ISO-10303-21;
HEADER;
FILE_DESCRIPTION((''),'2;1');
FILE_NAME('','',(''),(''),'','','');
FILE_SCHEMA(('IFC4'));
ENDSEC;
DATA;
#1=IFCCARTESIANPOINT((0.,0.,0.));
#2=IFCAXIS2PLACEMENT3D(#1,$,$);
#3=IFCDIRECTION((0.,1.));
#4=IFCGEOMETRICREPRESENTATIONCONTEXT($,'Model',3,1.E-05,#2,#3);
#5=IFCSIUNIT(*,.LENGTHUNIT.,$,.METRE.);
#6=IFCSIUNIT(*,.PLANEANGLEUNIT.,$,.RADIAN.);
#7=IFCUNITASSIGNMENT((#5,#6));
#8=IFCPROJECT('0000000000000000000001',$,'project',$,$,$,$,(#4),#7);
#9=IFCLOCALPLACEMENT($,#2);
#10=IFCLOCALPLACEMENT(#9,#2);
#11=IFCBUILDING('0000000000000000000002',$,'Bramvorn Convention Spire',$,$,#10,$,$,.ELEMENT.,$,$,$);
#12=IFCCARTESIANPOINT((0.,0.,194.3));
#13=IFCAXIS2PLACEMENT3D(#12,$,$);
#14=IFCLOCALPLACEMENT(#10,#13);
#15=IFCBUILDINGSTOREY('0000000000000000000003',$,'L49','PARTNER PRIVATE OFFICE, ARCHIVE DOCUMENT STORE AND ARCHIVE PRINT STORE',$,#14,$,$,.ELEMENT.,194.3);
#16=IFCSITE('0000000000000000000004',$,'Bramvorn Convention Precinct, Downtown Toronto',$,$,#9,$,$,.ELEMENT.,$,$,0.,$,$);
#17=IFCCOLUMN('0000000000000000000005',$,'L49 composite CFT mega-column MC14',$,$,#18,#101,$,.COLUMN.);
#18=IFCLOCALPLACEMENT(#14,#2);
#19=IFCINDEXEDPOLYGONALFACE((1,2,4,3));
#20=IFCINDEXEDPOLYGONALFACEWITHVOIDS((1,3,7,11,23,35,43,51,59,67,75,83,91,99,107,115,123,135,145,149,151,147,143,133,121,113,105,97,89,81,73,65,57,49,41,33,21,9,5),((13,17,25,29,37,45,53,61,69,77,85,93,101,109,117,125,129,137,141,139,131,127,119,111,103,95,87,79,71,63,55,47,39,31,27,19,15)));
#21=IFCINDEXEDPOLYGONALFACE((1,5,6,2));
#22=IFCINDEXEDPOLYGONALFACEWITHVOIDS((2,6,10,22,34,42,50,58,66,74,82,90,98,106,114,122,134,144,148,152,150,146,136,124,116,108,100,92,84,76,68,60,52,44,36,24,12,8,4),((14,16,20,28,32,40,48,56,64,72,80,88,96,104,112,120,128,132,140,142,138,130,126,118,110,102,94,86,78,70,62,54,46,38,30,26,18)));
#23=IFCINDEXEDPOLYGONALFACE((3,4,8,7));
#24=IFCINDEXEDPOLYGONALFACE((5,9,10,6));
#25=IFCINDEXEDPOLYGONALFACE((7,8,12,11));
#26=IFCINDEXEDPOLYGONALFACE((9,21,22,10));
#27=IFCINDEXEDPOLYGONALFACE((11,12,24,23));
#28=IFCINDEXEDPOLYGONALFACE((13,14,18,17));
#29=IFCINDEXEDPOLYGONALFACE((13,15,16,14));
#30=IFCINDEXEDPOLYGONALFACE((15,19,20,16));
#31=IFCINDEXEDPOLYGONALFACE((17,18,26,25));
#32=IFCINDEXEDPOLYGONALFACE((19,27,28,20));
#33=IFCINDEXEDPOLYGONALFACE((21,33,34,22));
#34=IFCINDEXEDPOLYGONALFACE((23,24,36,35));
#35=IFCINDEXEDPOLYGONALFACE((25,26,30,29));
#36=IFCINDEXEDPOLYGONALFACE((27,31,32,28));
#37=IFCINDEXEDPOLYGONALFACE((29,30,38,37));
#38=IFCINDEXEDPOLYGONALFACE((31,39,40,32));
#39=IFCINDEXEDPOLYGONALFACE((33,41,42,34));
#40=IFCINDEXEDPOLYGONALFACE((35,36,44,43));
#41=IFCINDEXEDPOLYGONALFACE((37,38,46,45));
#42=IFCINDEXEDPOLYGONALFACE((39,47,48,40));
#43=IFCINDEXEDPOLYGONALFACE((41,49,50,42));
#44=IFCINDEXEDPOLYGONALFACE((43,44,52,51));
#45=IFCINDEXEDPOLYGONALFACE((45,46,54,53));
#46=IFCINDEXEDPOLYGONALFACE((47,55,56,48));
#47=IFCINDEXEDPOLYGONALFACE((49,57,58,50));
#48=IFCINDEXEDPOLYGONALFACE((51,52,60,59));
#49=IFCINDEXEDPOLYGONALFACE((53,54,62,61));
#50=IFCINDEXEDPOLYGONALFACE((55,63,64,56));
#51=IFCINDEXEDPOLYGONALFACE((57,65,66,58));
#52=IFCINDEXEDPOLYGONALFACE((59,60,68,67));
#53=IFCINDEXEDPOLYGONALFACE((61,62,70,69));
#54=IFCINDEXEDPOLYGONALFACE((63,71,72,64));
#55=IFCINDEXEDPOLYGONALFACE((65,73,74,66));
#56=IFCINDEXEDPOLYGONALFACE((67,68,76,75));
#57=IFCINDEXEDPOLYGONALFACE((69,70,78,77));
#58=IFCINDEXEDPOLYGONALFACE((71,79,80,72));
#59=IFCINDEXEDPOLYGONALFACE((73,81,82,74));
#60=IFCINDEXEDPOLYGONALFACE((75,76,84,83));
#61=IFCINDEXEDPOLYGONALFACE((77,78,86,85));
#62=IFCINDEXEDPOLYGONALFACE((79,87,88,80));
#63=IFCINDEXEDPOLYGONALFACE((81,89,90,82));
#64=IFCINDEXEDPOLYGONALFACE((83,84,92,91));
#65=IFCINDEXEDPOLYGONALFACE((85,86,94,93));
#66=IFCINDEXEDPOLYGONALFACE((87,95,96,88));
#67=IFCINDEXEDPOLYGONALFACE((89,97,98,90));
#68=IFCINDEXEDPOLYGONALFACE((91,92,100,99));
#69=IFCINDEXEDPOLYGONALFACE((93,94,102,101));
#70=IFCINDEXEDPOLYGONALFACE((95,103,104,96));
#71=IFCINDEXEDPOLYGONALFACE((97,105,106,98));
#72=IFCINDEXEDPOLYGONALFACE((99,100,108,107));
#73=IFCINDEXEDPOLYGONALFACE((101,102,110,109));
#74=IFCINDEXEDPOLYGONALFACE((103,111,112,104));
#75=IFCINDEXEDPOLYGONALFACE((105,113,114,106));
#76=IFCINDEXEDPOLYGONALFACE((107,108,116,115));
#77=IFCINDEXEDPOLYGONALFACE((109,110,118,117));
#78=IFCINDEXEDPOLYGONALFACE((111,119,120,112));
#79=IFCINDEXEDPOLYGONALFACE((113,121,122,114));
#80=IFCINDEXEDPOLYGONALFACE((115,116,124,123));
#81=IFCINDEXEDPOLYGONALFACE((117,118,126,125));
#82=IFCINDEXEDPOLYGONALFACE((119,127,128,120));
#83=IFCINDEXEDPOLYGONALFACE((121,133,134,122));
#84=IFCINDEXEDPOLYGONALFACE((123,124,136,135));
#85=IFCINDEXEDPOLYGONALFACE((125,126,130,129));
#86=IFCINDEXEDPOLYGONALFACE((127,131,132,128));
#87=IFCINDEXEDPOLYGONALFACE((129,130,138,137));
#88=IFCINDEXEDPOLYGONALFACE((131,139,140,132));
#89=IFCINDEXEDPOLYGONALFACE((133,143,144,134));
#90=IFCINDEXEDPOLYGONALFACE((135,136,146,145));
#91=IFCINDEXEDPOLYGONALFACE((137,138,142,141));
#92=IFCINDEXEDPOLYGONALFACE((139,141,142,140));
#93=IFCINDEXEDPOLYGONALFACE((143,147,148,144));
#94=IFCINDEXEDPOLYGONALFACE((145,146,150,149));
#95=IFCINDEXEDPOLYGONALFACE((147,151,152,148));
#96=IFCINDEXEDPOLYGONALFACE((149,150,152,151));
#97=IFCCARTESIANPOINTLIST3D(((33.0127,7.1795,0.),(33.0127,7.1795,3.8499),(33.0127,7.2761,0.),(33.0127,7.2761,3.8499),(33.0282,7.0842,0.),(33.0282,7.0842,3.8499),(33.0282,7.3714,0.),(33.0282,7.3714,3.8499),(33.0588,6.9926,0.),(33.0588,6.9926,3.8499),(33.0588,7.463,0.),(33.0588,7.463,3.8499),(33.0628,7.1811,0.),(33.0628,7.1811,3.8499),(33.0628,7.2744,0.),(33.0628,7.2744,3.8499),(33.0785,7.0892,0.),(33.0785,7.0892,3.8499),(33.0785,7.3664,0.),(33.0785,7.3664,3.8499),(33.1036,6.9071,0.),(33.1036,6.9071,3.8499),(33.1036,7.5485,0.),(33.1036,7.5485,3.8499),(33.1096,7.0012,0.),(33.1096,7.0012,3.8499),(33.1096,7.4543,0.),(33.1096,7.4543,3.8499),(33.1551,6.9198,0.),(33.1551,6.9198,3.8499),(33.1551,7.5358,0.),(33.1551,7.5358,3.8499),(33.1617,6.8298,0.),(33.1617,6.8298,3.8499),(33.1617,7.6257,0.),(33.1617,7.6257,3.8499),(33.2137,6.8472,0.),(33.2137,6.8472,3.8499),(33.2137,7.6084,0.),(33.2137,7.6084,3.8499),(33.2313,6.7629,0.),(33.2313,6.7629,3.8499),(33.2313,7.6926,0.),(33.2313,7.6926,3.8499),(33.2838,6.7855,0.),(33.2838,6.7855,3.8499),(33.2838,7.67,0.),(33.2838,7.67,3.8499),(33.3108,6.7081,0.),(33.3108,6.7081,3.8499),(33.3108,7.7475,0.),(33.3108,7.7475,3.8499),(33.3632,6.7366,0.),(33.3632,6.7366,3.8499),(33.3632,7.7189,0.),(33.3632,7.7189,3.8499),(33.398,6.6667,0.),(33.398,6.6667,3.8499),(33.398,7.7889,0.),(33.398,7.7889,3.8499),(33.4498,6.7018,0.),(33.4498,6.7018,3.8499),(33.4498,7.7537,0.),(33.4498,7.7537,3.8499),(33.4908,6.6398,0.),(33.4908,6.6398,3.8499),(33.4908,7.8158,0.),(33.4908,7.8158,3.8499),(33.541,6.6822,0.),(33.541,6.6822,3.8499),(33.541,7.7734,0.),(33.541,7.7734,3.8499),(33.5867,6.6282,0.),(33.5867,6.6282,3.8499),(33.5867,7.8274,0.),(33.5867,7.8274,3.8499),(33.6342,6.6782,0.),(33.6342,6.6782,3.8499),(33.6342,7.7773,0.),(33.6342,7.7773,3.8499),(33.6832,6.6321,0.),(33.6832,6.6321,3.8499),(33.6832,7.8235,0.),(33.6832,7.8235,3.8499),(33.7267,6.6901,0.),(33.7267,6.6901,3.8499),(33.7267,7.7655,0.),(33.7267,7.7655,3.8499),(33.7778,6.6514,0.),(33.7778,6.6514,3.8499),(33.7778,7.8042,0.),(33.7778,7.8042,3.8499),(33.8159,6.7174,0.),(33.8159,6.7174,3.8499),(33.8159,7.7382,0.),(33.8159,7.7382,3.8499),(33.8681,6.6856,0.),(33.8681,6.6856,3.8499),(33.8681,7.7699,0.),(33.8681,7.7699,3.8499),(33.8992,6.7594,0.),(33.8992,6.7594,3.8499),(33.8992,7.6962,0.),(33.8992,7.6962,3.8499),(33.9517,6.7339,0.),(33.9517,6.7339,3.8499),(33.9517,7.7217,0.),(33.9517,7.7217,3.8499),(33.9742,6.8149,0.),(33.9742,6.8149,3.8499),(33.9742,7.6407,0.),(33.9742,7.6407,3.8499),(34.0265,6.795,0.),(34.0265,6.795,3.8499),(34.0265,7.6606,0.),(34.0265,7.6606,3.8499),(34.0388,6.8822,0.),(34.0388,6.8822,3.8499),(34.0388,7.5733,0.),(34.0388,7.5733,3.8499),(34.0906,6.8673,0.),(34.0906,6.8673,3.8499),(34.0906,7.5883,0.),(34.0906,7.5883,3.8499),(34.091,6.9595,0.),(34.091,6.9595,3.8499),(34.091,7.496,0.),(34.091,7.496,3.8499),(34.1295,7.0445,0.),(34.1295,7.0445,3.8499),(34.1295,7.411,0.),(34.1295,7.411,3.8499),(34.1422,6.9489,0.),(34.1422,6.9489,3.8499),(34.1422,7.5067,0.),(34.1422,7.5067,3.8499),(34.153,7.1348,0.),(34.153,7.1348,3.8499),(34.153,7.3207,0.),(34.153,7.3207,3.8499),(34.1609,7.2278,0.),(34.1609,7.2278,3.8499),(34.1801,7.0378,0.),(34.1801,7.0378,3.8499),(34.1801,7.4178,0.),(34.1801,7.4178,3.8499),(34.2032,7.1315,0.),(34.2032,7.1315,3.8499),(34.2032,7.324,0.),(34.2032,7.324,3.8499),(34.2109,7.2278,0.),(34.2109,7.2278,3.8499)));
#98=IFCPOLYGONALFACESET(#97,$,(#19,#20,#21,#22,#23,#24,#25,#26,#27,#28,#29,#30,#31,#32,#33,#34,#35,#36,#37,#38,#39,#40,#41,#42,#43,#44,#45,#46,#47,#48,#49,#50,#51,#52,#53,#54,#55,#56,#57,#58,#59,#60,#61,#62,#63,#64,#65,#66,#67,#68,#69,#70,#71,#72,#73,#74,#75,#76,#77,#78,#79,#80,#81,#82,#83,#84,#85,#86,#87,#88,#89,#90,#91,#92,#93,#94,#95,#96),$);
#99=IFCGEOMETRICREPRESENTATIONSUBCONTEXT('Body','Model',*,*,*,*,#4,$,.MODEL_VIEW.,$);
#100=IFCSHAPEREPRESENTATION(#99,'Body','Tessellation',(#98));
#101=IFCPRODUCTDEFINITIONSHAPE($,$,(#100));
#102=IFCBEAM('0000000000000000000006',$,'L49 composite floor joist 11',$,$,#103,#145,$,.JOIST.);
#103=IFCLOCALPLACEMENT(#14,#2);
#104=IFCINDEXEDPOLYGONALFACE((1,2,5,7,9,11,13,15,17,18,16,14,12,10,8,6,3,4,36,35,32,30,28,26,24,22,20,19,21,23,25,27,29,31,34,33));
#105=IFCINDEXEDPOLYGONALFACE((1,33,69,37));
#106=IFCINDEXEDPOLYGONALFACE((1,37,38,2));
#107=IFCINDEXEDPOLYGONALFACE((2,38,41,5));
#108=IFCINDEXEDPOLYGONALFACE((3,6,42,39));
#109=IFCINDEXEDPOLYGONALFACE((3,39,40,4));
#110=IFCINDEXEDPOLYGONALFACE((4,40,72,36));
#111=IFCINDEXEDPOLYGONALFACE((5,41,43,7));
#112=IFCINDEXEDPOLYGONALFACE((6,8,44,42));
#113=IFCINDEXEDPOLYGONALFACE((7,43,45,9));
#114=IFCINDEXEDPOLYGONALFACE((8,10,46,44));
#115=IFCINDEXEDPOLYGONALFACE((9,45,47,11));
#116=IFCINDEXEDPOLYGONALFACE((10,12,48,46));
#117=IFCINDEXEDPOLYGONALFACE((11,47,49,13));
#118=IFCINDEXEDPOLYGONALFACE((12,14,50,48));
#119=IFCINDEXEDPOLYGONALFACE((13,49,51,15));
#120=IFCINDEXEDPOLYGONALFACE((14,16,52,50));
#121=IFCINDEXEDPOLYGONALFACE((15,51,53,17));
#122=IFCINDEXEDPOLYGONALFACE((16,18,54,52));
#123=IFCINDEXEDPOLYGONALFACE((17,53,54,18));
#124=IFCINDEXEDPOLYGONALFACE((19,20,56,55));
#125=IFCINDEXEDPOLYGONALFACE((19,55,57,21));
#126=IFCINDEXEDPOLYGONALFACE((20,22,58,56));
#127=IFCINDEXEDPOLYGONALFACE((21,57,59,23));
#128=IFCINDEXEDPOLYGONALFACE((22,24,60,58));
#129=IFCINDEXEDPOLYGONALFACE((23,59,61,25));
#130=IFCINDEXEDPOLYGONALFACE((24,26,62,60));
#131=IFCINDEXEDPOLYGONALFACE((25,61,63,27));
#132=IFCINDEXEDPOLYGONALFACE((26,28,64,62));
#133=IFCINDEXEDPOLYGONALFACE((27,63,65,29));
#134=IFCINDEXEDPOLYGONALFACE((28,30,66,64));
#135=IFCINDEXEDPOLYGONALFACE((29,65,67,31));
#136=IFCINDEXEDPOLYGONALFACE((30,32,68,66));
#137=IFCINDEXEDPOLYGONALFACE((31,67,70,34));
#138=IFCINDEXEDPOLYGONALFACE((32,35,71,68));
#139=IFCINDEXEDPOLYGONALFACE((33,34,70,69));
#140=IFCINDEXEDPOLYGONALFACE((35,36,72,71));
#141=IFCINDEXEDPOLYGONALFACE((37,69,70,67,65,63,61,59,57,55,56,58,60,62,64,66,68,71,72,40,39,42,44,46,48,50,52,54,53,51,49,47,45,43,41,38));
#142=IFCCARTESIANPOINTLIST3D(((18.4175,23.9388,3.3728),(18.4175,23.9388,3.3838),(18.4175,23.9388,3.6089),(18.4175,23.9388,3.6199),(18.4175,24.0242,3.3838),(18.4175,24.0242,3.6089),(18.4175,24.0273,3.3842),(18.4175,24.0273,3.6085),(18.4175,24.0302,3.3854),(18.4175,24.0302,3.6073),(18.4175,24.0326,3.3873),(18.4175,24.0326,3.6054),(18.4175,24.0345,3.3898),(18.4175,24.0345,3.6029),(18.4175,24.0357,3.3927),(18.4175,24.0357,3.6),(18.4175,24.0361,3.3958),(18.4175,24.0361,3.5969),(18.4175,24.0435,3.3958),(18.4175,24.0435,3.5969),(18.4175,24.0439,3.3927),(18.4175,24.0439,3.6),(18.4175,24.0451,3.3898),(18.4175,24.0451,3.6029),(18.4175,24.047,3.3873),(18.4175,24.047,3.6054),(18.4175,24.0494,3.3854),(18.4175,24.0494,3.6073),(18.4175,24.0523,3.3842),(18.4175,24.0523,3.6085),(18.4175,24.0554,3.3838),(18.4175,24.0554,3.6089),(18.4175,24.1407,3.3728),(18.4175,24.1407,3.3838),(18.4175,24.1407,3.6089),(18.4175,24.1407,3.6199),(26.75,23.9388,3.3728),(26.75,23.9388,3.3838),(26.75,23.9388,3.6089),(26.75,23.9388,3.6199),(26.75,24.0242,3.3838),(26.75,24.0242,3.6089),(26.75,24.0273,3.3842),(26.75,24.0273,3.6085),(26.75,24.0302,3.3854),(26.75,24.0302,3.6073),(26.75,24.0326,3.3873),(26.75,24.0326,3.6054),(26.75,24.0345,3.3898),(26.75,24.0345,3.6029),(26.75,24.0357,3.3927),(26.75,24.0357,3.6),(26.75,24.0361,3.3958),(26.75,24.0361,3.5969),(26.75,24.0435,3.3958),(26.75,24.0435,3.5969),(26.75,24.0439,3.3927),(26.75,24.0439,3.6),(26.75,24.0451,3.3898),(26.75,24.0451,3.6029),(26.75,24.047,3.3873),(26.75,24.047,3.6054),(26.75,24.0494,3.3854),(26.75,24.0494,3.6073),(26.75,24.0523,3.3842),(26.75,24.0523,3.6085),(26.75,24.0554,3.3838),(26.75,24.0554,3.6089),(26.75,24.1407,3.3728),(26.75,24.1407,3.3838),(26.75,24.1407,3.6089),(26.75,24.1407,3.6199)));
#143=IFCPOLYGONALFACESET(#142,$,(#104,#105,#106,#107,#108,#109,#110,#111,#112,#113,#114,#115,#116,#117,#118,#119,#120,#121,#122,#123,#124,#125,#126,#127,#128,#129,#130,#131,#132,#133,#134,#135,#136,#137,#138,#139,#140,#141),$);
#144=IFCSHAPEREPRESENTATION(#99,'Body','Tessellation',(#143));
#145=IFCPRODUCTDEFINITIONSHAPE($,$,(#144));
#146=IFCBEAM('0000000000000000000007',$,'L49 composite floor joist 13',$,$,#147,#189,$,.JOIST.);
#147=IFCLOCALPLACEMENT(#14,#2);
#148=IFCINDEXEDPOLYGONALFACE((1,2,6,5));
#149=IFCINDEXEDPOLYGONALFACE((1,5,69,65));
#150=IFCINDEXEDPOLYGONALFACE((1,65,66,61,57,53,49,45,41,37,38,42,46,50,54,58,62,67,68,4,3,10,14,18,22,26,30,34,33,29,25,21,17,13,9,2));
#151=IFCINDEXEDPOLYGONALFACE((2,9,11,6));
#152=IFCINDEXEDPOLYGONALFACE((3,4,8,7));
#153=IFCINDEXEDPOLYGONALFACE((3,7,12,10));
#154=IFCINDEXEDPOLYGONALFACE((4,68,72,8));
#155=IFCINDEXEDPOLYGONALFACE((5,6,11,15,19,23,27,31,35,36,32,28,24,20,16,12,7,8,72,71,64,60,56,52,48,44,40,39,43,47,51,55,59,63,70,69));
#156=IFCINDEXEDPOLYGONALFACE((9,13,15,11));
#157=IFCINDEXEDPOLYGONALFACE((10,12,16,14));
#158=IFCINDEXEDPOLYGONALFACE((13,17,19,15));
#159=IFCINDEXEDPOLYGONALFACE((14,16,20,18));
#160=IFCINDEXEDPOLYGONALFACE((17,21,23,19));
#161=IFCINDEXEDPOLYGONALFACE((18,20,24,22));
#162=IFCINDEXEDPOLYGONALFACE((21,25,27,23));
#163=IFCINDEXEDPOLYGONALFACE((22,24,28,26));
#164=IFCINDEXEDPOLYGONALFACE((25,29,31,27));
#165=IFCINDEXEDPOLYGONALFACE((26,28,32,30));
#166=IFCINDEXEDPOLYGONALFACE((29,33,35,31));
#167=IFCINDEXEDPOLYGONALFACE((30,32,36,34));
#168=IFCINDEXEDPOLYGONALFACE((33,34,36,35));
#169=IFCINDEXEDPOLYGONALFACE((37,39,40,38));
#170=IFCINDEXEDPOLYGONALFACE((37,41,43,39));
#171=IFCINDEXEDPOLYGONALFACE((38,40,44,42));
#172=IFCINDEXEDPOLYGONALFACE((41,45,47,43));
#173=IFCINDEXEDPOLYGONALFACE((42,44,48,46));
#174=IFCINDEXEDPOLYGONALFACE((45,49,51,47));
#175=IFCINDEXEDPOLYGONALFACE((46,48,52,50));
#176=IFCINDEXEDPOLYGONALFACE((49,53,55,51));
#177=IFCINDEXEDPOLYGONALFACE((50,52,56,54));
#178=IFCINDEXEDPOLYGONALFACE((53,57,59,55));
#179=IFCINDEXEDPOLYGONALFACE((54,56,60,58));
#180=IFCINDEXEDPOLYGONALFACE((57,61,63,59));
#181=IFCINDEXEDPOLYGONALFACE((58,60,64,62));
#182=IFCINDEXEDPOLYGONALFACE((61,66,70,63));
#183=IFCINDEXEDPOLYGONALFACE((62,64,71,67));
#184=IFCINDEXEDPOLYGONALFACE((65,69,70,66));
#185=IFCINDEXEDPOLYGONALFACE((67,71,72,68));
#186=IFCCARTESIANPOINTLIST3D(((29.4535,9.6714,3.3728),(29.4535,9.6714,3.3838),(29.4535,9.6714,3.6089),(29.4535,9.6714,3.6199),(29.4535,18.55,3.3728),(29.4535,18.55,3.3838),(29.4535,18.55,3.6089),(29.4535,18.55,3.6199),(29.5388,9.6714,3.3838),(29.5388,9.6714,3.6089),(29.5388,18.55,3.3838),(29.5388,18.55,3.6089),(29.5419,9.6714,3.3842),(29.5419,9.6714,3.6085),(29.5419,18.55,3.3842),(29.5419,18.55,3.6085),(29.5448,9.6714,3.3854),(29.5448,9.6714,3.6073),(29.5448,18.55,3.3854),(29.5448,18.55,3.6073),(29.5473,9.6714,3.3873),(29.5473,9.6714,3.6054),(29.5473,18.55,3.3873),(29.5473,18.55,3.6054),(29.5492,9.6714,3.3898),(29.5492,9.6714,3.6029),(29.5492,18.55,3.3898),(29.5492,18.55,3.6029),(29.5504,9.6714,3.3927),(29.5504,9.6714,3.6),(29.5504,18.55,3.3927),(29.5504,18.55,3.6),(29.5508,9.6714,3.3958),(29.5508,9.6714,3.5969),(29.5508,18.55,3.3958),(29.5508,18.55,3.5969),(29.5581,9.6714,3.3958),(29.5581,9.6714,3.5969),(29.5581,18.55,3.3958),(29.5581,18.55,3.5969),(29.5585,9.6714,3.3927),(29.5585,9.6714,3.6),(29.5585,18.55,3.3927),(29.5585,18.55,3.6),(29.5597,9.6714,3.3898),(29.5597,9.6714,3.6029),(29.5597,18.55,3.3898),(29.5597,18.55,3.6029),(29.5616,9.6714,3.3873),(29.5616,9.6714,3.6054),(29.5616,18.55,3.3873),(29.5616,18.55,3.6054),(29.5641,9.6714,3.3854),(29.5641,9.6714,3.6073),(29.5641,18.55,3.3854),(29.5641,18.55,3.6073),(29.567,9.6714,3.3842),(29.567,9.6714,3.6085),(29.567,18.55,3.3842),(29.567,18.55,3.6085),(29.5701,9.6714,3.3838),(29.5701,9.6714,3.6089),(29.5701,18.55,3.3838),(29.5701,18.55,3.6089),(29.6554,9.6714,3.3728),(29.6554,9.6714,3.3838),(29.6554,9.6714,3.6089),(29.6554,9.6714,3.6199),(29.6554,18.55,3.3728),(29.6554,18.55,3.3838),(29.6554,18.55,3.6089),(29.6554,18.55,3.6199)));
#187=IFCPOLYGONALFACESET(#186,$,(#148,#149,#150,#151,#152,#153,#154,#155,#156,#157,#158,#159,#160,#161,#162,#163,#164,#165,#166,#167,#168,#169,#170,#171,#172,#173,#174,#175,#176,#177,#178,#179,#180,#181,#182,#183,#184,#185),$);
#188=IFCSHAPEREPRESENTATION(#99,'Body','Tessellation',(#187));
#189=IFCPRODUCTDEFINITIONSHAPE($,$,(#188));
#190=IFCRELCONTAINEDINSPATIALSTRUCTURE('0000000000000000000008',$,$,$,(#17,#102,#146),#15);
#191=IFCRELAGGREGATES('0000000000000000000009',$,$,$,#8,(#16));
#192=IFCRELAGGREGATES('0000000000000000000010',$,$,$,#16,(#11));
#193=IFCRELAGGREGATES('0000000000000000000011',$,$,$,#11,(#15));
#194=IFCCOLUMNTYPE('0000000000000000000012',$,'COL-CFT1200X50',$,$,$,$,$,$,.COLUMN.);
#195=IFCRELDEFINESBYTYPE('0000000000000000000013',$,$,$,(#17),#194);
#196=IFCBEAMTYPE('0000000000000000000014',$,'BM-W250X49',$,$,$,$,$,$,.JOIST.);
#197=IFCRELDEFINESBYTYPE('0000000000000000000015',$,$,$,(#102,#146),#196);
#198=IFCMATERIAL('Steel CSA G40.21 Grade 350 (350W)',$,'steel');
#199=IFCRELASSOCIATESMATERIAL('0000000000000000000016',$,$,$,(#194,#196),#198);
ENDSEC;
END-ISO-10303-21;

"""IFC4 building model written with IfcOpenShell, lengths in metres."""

from ifc_helpers import new_model, si_unit, direction, frame, origin, origin_2d, place, context, subcontext, project, spatial, hollow_circle, i_section, extrude, material, material_profile, profile_set, type_object, element, save


model = new_model("IFC4")

# Units and contexts
model_context = context("Model", 3, precision=1e-05, world=origin(), true_north=direction((0.0, 1.0)))
body_context = subcontext(model_context, "Body", "Model", "MODEL_VIEW")
ifc_project = project(units=[si_unit("LENGTHUNIT", "METRE"), si_unit("PLANEANGLEUNIT", "RADIAN")], contexts=[model_context])

# Site, building, storey
site_placement = place(None, origin())
site = spatial("IfcSite", under=ifc_project, at=site_placement, Name="Bramvorn Convention Precinct, Downtown Toronto", CompositionType="ELEMENT", RefElevation=0.0)
building_placement = place(site_placement, origin())
building = spatial("IfcBuilding", under=site, at=building_placement, Name="Bramvorn Convention Spire", CompositionType="ELEMENT")
storey_placement = place(building_placement, frame((0.0, 0.0, 194.3)))
storey = spatial("IfcBuildingStorey", under=building, at=storey_placement, Name="L49", Description="PARTNER PRIVATE OFFICE, ARCHIVE DOCUMENT STORE AND ARCHIVE PRINT STORE", CompositionType="ELEMENT", Elevation=194.3)

# Column
ifc_material_1 = material(Name="Steel CSA G40.21 Grade 350 (350W)", Category="steel")
ifc_material_profile_1 = material_profile(ifc_material_1, hollow_circle(Radius=0.6001, WallThickness=0.05, at=origin_2d()))
ifc_profile_set_1 = profile_set([ifc_material_profile_1], Name="Steel CSA G40.21 Grade 350 (350W) - CFT1200X50")
column_type = type_object("IfcColumnType", Name="COL-CFT1200X50", PredefinedType="COLUMN", material=ifc_profile_set_1)
column_placement = place(storey_placement, frame((33.6108, 7.2278, 0.0), z_axis=(0.0, 0.0, 1.0), x_axis=(1.0, 0.0, 0.0)))
element("IfcColumn", 1, at=column_placement, inside=storey, type_object=column_type, Name="L49 composite CFT mega-column MC14", PredefinedType="COLUMN", context=body_context, shape_type="SweptSolid", body=[
    extrude(hollow_circle(Radius=0.6001, WallThickness=0.05, at=origin_2d()), origin(), (0.0, 0.0, 1.0), 3.8499),
])

# Beams
ifc_material_profile_2 = material_profile(ifc_material_1, i_section(OverallWidth=0.2019, OverallDepth=0.2471, WebThickness=0.0073, FlangeThickness=0.011, FilletRadius=0.012, at=origin_2d()))
ifc_profile_set_2 = profile_set([ifc_material_profile_2], Name="Steel CSA G40.21 Grade 350 (350W) - W250X49")
beam_type_1 = type_object("IfcBeamType", Name="BM-W250X49", PredefinedType="JOIST", material=ifc_profile_set_2)
beam_1_placement = place(storey_placement, frame((26.75, 24.0398, 3.4963), z_axis=(-1.0, 0.0, 0.0), x_axis=(0.0, -1.0, 0.0)))
element("IfcBeam", 2, at=beam_1_placement, inside=storey, type_object=beam_type_1, Name="L49 composite floor joist 11", PredefinedType="JOIST", context=body_context, shape_type="SweptSolid", body=[
    extrude(i_section(OverallWidth=0.2019, OverallDepth=0.2471, WebThickness=0.0073, FlangeThickness=0.011, FilletRadius=0.012, at=origin_2d()), origin(), (0.0, 0.0, 1.0), 8.3325),
])
beam_2_placement = place(storey_placement, frame((29.5544, 18.55, 3.4963), z_axis=(0.0, -1.0, 0.0), x_axis=(1.0, 0.0, 0.0)))
element("IfcBeam", 3, at=beam_2_placement, inside=storey, type_object=beam_type_1, Name="L49 composite floor joist 13", PredefinedType="JOIST", context=body_context, shape_type="SweptSolid", body=[
    extrude(i_section(OverallWidth=0.2019, OverallDepth=0.2471, WebThickness=0.0073, FlangeThickness=0.011, FilletRadius=0.012, at=origin_2d()), origin(), (0.0, 0.0, 1.0), 8.8787),
])

save(model, "model.ifc")
